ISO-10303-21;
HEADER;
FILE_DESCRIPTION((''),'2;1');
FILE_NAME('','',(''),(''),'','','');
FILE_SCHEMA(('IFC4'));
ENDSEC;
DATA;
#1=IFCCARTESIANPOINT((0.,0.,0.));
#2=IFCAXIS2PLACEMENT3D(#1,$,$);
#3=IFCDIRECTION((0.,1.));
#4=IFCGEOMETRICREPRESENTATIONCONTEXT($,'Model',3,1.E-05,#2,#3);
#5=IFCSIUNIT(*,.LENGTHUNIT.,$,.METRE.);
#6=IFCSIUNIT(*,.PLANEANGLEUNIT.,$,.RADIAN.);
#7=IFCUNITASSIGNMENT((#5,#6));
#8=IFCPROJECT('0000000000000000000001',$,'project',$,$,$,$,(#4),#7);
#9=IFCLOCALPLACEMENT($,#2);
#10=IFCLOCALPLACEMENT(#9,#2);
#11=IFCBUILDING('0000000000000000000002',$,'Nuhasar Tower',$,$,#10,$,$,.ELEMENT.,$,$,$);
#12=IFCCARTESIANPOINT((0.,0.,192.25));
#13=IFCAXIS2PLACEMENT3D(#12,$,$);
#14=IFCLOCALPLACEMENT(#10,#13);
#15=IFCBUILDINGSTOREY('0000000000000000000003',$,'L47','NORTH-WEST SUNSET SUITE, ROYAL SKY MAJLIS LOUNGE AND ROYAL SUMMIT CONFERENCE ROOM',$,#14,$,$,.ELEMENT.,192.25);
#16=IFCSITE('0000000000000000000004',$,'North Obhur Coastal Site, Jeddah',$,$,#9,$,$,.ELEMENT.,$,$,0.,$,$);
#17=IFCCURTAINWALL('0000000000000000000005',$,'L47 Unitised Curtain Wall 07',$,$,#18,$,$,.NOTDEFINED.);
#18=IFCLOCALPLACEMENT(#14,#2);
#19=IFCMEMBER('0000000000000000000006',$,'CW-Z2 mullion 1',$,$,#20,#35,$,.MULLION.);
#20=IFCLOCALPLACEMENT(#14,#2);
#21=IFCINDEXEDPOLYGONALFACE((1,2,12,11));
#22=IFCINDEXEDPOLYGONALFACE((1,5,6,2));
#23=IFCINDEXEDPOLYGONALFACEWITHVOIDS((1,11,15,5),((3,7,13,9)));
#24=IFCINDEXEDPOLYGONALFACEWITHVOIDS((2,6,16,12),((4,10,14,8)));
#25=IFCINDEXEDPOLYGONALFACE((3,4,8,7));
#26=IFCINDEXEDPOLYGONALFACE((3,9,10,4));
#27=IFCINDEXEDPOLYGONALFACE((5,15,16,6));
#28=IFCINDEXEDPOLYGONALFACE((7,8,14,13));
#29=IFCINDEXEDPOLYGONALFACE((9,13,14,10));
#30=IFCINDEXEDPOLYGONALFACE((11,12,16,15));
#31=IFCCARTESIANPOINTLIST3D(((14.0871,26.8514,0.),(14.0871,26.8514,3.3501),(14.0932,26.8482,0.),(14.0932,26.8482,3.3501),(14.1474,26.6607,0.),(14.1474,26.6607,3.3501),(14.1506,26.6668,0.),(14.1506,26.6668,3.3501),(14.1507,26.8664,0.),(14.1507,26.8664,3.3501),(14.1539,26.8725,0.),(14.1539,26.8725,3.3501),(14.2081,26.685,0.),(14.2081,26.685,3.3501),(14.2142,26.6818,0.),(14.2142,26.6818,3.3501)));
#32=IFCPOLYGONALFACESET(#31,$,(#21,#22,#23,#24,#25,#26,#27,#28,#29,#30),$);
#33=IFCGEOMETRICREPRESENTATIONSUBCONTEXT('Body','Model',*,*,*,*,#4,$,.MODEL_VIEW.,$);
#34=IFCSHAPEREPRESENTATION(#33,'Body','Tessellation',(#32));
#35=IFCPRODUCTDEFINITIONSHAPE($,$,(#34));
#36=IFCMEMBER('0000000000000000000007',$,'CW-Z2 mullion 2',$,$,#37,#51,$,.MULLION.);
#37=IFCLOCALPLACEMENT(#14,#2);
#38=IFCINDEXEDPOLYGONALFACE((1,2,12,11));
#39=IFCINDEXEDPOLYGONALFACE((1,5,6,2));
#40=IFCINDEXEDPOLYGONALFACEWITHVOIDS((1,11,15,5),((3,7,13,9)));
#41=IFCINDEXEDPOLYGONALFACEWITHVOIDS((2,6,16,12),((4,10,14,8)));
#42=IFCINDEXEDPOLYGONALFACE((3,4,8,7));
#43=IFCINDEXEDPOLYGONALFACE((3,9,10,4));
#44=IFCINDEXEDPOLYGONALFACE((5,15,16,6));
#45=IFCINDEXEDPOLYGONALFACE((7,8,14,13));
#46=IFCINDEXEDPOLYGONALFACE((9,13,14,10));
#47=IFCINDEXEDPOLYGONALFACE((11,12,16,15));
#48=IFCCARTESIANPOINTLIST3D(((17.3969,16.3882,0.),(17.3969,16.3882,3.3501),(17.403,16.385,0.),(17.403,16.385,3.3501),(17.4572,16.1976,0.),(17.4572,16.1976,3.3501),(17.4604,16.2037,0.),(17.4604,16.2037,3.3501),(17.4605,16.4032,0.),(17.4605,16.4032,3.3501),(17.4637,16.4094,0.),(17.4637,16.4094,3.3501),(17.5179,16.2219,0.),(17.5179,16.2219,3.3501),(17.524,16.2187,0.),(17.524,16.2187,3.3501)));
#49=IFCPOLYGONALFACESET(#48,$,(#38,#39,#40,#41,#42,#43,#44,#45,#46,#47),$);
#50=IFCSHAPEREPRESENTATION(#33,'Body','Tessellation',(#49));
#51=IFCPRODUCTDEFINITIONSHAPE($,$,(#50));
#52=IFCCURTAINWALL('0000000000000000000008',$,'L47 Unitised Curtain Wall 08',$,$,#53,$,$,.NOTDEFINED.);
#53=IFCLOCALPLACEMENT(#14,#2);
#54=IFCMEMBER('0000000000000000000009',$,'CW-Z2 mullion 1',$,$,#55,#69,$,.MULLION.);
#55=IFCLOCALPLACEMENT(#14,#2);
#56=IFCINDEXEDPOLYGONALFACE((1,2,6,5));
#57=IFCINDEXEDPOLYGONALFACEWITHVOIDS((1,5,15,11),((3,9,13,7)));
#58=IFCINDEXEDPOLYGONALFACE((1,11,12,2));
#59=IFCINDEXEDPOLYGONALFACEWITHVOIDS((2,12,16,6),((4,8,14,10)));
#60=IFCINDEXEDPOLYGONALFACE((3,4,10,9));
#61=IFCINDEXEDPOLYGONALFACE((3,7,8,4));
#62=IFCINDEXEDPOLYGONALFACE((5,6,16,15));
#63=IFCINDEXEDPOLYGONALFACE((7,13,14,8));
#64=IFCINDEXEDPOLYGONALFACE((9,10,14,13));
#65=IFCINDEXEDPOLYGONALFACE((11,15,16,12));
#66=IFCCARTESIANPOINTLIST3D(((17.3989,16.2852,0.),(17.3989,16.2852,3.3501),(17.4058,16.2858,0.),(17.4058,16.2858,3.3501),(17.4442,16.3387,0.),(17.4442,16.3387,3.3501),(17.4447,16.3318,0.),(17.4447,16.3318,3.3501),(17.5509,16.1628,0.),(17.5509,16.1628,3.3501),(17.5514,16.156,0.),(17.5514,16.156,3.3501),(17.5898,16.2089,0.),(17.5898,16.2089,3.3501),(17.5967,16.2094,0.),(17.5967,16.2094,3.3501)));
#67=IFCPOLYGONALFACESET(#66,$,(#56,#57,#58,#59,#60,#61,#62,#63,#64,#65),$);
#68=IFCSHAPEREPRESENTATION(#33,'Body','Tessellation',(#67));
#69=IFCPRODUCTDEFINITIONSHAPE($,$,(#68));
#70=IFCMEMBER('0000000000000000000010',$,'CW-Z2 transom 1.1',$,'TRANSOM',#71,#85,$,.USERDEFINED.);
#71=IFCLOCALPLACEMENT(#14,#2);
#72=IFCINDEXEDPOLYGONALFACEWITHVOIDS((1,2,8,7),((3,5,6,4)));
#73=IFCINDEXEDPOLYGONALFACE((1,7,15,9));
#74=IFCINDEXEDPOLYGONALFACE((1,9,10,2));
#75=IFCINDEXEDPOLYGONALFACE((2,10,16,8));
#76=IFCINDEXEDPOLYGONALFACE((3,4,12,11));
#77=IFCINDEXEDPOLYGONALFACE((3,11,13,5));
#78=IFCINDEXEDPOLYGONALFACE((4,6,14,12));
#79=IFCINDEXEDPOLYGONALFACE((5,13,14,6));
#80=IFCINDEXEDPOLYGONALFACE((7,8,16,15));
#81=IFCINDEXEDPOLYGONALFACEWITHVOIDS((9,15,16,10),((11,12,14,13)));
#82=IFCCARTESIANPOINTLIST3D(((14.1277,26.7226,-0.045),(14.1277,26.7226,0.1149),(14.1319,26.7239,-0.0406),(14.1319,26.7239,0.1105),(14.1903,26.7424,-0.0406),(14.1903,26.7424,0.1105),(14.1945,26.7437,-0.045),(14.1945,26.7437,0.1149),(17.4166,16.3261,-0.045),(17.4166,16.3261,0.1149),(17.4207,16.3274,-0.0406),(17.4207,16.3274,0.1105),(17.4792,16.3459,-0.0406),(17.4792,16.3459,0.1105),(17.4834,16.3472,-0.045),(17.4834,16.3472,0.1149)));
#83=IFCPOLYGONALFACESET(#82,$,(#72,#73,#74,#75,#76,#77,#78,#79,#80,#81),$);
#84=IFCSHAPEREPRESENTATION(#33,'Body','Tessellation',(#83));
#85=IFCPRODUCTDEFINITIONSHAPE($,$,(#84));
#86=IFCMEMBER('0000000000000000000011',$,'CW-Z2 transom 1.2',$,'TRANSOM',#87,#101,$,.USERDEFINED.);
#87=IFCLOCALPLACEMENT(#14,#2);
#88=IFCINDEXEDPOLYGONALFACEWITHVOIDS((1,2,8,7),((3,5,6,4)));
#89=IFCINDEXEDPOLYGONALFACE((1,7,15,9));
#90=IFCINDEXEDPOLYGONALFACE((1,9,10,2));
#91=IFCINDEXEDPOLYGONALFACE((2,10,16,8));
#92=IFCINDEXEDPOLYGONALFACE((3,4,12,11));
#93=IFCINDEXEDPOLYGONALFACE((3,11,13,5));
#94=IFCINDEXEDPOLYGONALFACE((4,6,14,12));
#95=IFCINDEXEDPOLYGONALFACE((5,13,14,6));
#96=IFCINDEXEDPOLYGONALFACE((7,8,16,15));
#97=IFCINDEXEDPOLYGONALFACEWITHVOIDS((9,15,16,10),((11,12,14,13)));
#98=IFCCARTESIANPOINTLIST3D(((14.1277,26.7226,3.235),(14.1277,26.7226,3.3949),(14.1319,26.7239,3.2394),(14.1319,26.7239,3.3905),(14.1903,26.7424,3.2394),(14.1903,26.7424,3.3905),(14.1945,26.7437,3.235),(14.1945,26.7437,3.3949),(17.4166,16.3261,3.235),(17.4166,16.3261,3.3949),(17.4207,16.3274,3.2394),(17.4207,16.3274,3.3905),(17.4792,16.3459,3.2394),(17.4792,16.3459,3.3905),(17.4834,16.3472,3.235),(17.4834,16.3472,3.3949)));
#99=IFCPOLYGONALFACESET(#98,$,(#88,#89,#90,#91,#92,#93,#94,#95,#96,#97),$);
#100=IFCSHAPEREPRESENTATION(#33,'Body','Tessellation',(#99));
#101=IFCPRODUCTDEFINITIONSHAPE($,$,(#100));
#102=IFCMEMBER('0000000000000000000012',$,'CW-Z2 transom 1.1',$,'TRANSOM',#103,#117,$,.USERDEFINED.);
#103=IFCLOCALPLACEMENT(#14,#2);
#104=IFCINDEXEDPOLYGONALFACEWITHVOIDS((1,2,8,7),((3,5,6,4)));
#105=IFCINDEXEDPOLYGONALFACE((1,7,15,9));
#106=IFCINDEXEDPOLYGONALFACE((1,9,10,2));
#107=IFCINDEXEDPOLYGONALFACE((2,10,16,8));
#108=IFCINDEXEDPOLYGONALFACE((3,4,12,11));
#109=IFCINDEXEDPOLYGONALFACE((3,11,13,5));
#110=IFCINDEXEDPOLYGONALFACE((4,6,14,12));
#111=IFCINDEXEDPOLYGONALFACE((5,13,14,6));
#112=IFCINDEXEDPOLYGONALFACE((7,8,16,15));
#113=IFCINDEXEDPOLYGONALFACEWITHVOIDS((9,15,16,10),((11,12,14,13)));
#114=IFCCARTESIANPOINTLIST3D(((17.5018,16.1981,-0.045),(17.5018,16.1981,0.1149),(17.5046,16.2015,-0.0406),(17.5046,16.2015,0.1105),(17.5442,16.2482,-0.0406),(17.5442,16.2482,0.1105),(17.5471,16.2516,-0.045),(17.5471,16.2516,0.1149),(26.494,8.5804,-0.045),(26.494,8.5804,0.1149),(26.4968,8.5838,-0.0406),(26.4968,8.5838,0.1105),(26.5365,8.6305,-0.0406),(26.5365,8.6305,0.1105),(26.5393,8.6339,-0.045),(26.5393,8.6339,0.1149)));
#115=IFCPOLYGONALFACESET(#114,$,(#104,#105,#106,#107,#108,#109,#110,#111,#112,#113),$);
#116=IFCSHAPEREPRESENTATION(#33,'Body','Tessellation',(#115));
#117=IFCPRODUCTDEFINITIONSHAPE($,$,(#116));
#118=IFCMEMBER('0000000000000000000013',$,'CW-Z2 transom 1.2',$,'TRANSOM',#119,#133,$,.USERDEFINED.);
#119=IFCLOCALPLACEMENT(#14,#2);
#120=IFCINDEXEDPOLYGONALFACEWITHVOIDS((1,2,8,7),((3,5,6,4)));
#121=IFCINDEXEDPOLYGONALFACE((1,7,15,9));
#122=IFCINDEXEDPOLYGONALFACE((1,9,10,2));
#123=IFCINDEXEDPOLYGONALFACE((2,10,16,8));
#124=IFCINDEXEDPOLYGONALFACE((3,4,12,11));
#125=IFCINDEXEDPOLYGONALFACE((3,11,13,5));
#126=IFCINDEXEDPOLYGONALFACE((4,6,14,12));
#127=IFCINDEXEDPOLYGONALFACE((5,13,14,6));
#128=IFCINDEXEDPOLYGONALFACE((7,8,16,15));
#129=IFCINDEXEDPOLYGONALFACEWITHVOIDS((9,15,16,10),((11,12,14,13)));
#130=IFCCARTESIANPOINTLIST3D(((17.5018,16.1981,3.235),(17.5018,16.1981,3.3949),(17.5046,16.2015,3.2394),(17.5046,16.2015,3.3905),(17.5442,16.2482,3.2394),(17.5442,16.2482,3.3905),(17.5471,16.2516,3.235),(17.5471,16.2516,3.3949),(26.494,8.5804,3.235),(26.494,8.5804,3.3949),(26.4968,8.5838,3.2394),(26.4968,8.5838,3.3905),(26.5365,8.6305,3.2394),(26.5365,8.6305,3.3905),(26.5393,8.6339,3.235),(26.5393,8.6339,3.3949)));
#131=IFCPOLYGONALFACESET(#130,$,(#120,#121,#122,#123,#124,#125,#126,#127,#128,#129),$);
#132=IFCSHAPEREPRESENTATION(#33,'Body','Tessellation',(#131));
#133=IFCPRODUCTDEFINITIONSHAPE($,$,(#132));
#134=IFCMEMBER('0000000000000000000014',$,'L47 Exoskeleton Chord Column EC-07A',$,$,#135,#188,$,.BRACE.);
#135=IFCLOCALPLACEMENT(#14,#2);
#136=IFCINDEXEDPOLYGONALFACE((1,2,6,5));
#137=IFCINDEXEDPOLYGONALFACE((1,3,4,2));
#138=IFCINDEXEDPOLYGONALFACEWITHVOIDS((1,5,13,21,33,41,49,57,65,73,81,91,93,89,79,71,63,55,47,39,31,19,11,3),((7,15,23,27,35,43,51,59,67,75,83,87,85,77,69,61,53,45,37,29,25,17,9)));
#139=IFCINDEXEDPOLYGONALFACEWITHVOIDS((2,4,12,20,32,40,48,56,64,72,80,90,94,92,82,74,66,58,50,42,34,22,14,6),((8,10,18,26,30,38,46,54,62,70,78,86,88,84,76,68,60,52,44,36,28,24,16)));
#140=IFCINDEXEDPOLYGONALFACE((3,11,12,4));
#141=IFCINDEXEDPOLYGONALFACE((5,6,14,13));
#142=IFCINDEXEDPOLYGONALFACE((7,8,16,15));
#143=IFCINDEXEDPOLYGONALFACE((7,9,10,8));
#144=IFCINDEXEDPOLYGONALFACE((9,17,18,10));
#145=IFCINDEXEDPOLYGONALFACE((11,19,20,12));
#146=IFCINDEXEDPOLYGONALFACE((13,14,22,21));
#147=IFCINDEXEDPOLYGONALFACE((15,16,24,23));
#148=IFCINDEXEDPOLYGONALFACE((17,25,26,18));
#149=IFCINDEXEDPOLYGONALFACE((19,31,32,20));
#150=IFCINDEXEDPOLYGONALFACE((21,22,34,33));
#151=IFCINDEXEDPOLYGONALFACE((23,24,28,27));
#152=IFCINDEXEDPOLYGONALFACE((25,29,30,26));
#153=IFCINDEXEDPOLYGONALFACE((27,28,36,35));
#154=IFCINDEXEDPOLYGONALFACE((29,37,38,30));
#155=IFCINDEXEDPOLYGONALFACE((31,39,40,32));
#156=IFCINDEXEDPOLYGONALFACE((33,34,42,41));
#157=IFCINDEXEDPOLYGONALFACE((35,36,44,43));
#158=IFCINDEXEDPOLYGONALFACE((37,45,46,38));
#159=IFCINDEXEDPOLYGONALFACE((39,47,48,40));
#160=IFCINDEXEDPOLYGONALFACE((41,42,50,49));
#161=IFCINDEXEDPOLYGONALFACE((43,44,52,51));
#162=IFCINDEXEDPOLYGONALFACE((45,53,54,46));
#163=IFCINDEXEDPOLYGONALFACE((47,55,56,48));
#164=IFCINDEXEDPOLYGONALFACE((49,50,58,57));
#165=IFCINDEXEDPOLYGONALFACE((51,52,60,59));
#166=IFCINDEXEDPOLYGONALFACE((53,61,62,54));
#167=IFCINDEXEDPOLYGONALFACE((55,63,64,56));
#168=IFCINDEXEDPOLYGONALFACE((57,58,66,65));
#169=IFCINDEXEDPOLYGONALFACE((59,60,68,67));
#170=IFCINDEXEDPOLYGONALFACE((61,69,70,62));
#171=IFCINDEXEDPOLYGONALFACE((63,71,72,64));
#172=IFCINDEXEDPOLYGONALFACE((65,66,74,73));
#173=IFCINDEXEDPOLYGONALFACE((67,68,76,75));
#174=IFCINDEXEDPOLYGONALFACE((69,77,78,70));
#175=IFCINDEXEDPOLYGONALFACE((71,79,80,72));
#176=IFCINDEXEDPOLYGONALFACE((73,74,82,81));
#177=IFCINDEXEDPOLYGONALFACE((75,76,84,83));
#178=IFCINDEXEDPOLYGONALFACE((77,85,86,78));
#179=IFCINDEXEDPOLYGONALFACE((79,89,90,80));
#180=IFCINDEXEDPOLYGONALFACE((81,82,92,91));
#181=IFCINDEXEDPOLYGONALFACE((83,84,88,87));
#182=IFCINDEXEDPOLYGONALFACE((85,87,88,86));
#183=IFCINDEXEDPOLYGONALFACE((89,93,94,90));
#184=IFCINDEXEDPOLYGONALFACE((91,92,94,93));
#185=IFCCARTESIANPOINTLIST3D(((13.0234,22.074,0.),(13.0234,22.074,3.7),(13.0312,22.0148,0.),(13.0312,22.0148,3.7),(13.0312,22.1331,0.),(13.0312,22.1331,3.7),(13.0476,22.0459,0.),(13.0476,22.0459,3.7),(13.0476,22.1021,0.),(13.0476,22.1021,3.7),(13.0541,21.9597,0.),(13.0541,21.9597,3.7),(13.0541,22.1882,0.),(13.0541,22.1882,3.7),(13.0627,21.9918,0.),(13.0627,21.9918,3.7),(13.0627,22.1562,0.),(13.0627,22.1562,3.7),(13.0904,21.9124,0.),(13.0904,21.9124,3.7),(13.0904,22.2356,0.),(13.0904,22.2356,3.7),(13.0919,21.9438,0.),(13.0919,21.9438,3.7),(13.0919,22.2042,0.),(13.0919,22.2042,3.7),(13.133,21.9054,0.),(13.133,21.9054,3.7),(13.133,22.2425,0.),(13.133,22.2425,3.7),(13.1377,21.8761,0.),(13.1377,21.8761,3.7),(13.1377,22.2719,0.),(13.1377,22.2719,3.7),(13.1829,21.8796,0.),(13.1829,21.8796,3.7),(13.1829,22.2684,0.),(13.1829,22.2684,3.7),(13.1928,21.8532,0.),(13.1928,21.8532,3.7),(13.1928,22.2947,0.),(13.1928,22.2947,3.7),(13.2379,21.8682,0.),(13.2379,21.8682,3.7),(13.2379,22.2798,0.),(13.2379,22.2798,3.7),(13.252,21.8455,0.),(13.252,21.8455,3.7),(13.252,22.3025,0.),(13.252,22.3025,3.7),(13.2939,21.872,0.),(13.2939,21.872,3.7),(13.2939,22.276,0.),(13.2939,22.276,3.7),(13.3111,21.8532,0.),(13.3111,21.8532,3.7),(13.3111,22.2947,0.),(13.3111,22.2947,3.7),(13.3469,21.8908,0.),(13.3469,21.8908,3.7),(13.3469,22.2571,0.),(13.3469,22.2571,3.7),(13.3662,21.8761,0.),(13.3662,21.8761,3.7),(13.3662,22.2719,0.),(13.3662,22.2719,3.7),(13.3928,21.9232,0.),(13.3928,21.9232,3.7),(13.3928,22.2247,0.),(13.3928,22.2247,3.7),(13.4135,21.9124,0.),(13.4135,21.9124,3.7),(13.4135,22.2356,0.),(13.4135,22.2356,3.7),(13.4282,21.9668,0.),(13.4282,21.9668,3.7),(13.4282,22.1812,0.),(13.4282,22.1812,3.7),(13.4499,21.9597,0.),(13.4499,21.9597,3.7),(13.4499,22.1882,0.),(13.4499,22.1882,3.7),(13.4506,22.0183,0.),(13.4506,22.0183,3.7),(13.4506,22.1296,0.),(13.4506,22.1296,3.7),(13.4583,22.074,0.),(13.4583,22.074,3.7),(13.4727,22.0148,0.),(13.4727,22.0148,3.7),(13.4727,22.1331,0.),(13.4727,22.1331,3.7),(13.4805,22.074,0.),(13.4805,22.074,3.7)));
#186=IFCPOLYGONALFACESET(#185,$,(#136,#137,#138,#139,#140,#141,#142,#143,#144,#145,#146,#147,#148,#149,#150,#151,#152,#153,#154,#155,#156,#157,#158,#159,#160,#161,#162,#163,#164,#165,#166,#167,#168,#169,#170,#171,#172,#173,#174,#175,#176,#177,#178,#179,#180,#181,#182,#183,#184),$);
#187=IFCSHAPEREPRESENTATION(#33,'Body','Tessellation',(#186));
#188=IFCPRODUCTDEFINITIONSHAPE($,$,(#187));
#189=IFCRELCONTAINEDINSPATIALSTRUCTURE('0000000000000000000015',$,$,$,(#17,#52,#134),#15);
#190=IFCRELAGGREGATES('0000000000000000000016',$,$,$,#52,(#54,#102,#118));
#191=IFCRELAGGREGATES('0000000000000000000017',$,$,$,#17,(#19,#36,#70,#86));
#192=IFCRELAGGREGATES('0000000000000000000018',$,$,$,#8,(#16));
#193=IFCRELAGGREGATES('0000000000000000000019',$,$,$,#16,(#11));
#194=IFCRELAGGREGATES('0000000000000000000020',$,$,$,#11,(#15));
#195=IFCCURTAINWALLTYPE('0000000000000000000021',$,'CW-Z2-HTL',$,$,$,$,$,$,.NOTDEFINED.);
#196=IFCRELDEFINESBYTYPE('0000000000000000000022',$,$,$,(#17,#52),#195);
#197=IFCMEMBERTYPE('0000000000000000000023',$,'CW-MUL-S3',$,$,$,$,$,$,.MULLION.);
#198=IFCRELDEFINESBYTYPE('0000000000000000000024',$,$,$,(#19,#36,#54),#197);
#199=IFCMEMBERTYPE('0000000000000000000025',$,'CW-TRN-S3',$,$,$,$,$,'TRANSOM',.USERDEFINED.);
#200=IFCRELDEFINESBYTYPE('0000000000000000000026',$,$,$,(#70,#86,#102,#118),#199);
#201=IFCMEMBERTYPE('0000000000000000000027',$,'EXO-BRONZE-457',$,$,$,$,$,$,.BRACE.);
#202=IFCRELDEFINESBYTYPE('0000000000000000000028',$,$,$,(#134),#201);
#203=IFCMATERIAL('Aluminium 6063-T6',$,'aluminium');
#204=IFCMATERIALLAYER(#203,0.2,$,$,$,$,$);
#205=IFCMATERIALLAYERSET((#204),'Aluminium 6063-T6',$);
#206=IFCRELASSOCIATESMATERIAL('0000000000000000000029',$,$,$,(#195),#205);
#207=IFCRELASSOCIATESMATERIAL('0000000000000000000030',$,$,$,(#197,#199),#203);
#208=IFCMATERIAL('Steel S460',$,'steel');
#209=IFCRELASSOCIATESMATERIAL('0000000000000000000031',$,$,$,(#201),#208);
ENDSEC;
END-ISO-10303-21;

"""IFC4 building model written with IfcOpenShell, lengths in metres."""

from ifc_helpers import new_model, si_unit, direction, frame, origin, origin_2d, place, context, subcontext, project, spatial, hollow_rectangle, hollow_circle, extrude, material, layer, layer_set, material_profile, profile_set, type_object, element, aggregate, save


model = new_model("IFC4")

# Units and contexts
model_context = context("Model", 3, precision=1e-05, world=origin(), true_north=direction((0.0, 1.0)))
body_context = subcontext(model_context, "Body", "Model", "MODEL_VIEW")
ifc_project = project(units=[si_unit("LENGTHUNIT", "METRE"), si_unit("PLANEANGLEUNIT", "RADIAN")], contexts=[model_context])

# Site, building, storey
site_placement = place(None, origin())
site = spatial("IfcSite", under=ifc_project, at=site_placement, Name="North Obhur Coastal Site, Jeddah", CompositionType="ELEMENT", RefElevation=0.0)
building_placement = place(site_placement, origin())
building = spatial("IfcBuilding", under=site, at=building_placement, Name="Nuhasar Tower", CompositionType="ELEMENT")
storey_placement = place(building_placement, frame((0.0, 0.0, 192.25)))
storey = spatial("IfcBuildingStorey", under=building, at=storey_placement, Name="L47", Description="NORTH-WEST SUNSET SUITE, ROYAL SKY MAJLIS LOUNGE AND ROYAL SUMMIT CONFERENCE ROOM", CompositionType="ELEMENT", Elevation=192.25)

# Curtain wall, members
ifc_material_1 = material(Name="Aluminium 6063-T6", Category="aluminium")
ifc_layer_1 = layer(ifc_material_1, 0.2)
ifc_layer_set_1 = layer_set([ifc_layer_1], Name="Aluminium 6063-T6")
curtain_wall_type = type_object("IfcCurtainWallType", Name="CW-Z2-HTL", PredefinedType="NOTDEFINED", material=ifc_layer_set_1)
curtain_wall_1_placement = place(storey_placement, origin())
curtain_wall_1 = element("IfcCurtainWall", 1, at=curtain_wall_1_placement, inside=storey, type_object=curtain_wall_type, Name="L47 Unitised Curtain Wall 07", PredefinedType="NOTDEFINED")
ifc_material_profile_1 = material_profile(ifc_material_1, hollow_rectangle(XDim=0.0701, YDim=0.2, WallThickness=0.0049, at=origin_2d()), Name="CWM-3")
ifc_profile_set_1 = profile_set([ifc_material_profile_1], Name="Aluminium 6063-T6")
member_type_1 = type_object("IfcMemberType", Name="CW-MUL-S3", PredefinedType="MULLION", material=ifc_profile_set_1)
member_1_placement = place(storey_placement, frame((14.1506, 26.7666, 0.0), z_axis=(0.0, 0.0, 1.0), x_axis=(0.953433, 0.301604, 0.0)))
member_1 = element("IfcMember", 2, at=member_1_placement, type_object=member_type_1, Name="CW-Z2 mullion 1", PredefinedType="MULLION", context=body_context, shape_type="SweptSolid", body=[
    extrude(hollow_rectangle(XDim=0.0701, YDim=0.2, WallThickness=0.0049, at=origin_2d()), origin(), (0.0, 0.0, 1.0), 3.3501),
])
member_2_placement = place(storey_placement, frame((17.4604, 16.3035, 0.0), z_axis=(0.0, 0.0, 1.0), x_axis=(0.953433, 0.301604, 0.0)))
member_2 = element("IfcMember", 3, at=member_2_placement, type_object=member_type_1, Name="CW-Z2 mullion 2", PredefinedType="MULLION", context=body_context, shape_type="SweptSolid", body=[
    extrude(hollow_rectangle(XDim=0.0701, YDim=0.2, WallThickness=0.0049, at=origin_2d()), origin(), (0.0, 0.0, 1.0), 3.3501),
])

# Curtain wall, member
curtain_wall_2_placement = place(storey_placement, origin())
curtain_wall_2 = element("IfcCurtainWall", 4, at=curtain_wall_2_placement, inside=storey, type_object=curtain_wall_type, Name="L47 Unitised Curtain Wall 08", PredefinedType="NOTDEFINED")
member_3_placement = place(storey_placement, frame((17.4978, 16.2473, 0.0), z_axis=(0.0, 0.0, 1.0), x_axis=(0.646374, 0.76302, 0.0)))
member_3 = element("IfcMember", 5, at=member_3_placement, type_object=member_type_1, Name="CW-Z2 mullion 1", PredefinedType="MULLION", context=body_context, shape_type="SweptSolid", body=[
    extrude(hollow_rectangle(XDim=0.0701, YDim=0.2, WallThickness=0.0049, at=origin_2d()), origin(), (0.0, 0.0, 1.0), 3.3501),
])

# Members
ifc_material_profile_2 = material_profile(ifc_material_1, hollow_rectangle(XDim=0.0701, YDim=0.1599, WallThickness=0.0044, at=origin_2d()), Name="CWT-3")
ifc_profile_set_2 = profile_set([ifc_material_profile_2], Name="Aluminium 6063-T6")
member_type_2 = type_object("IfcMemberType", Name="CW-TRN-S3", ElementType="TRANSOM", PredefinedType="USERDEFINED", material=ifc_profile_set_2)
member_4_placement = place(storey_placement, frame((14.1611, 26.7332, 0.0349), z_axis=(0.301608, -0.953432, 0.0), x_axis=(0.953432, 0.301608, 0.0)))
member_4 = element("IfcMember", 6, at=member_4_placement, type_object=member_type_2, Name="CW-Z2 transom 1.1", ObjectType="TRANSOM", PredefinedType="USERDEFINED", context=body_context, shape_type="SweptSolid", body=[
    extrude(hollow_rectangle(XDim=0.0701, YDim=0.1599, WallThickness=0.0044, at=origin_2d()), origin(), (0.0, 0.0, 1.0), 10.9043),
])
member_5_placement = place(storey_placement, frame((14.1611, 26.7332, 3.3149), z_axis=(0.301608, -0.953432, 0.0), x_axis=(0.953432, 0.301608, 0.0)))
member_5 = element("IfcMember", 7, at=member_5_placement, type_object=member_type_2, Name="CW-Z2 transom 1.2", ObjectType="TRANSOM", PredefinedType="USERDEFINED", context=body_context, shape_type="SweptSolid", body=[
    extrude(hollow_rectangle(XDim=0.0701, YDim=0.1599, WallThickness=0.0044, at=origin_2d()), origin(), (0.0, 0.0, 1.0), 10.9043),
])
member_6_placement = place(storey_placement, frame((17.5244, 16.2249, 0.0349), z_axis=(0.763014, -0.646382, 0.0), x_axis=(0.646382, 0.763014, 0.0)))
member_6 = element("IfcMember", 8, at=member_6_placement, type_object=member_type_2, Name="CW-Z2 transom 1.1", ObjectType="TRANSOM", PredefinedType="USERDEFINED", context=body_context, shape_type="SweptSolid", body=[
    extrude(hollow_rectangle(XDim=0.0701, YDim=0.1599, WallThickness=0.0044, at=origin_2d()), origin(), (0.0, 0.0, 1.0), 11.7852),
])
member_7_placement = place(storey_placement, frame((17.5244, 16.2249, 3.3149), z_axis=(0.763014, -0.646382, 0.0), x_axis=(0.646382, 0.763014, 0.0)))
member_7 = element("IfcMember", 9, at=member_7_placement, type_object=member_type_2, Name="CW-Z2 transom 1.2", ObjectType="TRANSOM", PredefinedType="USERDEFINED", context=body_context, shape_type="SweptSolid", body=[
    extrude(hollow_rectangle(XDim=0.0701, YDim=0.1599, WallThickness=0.0044, at=origin_2d()), origin(), (0.0, 0.0, 1.0), 11.7852),
])
aggregate(curtain_wall_2, [member_3, member_6, member_7])

# Member
ifc_material_2 = material(Name="Steel S460", Category="steel")
ifc_material_profile_3 = material_profile(ifc_material_2, hollow_circle(Radius=0.2285, WallThickness=0.0222, at=origin_2d()), Name="HSS457X22.2")
ifc_profile_set_3 = profile_set([ifc_material_profile_3], Name="Steel S460")
member_type_3 = type_object("IfcMemberType", Name="EXO-BRONZE-457", PredefinedType="BRACE", material=ifc_profile_set_3)
for number, where, z_axis, x_axis, name in (
    (10, (13.252, 22.074, 0.0), (0.0, 0.0, 1.0), (1.0, 0.0, 0.0), "L47 Exoskeleton Chord Column EC-07A"),
):
    element("IfcMember", number, at=place(storey_placement, frame(where, z_axis=z_axis, x_axis=x_axis)), inside=storey, type_object=member_type_3, Name=name, PredefinedType="BRACE", context=body_context, shape_type="SweptSolid", body=[
        extrude(hollow_circle(Radius=0.2285, WallThickness=0.0222, at=origin_2d()), origin(), (0.0, 0.0, 1.0), 3.7),
    ])

aggregate(curtain_wall_1, [member_1, member_2, member_4, member_5])

save(model, "model.ifc")
